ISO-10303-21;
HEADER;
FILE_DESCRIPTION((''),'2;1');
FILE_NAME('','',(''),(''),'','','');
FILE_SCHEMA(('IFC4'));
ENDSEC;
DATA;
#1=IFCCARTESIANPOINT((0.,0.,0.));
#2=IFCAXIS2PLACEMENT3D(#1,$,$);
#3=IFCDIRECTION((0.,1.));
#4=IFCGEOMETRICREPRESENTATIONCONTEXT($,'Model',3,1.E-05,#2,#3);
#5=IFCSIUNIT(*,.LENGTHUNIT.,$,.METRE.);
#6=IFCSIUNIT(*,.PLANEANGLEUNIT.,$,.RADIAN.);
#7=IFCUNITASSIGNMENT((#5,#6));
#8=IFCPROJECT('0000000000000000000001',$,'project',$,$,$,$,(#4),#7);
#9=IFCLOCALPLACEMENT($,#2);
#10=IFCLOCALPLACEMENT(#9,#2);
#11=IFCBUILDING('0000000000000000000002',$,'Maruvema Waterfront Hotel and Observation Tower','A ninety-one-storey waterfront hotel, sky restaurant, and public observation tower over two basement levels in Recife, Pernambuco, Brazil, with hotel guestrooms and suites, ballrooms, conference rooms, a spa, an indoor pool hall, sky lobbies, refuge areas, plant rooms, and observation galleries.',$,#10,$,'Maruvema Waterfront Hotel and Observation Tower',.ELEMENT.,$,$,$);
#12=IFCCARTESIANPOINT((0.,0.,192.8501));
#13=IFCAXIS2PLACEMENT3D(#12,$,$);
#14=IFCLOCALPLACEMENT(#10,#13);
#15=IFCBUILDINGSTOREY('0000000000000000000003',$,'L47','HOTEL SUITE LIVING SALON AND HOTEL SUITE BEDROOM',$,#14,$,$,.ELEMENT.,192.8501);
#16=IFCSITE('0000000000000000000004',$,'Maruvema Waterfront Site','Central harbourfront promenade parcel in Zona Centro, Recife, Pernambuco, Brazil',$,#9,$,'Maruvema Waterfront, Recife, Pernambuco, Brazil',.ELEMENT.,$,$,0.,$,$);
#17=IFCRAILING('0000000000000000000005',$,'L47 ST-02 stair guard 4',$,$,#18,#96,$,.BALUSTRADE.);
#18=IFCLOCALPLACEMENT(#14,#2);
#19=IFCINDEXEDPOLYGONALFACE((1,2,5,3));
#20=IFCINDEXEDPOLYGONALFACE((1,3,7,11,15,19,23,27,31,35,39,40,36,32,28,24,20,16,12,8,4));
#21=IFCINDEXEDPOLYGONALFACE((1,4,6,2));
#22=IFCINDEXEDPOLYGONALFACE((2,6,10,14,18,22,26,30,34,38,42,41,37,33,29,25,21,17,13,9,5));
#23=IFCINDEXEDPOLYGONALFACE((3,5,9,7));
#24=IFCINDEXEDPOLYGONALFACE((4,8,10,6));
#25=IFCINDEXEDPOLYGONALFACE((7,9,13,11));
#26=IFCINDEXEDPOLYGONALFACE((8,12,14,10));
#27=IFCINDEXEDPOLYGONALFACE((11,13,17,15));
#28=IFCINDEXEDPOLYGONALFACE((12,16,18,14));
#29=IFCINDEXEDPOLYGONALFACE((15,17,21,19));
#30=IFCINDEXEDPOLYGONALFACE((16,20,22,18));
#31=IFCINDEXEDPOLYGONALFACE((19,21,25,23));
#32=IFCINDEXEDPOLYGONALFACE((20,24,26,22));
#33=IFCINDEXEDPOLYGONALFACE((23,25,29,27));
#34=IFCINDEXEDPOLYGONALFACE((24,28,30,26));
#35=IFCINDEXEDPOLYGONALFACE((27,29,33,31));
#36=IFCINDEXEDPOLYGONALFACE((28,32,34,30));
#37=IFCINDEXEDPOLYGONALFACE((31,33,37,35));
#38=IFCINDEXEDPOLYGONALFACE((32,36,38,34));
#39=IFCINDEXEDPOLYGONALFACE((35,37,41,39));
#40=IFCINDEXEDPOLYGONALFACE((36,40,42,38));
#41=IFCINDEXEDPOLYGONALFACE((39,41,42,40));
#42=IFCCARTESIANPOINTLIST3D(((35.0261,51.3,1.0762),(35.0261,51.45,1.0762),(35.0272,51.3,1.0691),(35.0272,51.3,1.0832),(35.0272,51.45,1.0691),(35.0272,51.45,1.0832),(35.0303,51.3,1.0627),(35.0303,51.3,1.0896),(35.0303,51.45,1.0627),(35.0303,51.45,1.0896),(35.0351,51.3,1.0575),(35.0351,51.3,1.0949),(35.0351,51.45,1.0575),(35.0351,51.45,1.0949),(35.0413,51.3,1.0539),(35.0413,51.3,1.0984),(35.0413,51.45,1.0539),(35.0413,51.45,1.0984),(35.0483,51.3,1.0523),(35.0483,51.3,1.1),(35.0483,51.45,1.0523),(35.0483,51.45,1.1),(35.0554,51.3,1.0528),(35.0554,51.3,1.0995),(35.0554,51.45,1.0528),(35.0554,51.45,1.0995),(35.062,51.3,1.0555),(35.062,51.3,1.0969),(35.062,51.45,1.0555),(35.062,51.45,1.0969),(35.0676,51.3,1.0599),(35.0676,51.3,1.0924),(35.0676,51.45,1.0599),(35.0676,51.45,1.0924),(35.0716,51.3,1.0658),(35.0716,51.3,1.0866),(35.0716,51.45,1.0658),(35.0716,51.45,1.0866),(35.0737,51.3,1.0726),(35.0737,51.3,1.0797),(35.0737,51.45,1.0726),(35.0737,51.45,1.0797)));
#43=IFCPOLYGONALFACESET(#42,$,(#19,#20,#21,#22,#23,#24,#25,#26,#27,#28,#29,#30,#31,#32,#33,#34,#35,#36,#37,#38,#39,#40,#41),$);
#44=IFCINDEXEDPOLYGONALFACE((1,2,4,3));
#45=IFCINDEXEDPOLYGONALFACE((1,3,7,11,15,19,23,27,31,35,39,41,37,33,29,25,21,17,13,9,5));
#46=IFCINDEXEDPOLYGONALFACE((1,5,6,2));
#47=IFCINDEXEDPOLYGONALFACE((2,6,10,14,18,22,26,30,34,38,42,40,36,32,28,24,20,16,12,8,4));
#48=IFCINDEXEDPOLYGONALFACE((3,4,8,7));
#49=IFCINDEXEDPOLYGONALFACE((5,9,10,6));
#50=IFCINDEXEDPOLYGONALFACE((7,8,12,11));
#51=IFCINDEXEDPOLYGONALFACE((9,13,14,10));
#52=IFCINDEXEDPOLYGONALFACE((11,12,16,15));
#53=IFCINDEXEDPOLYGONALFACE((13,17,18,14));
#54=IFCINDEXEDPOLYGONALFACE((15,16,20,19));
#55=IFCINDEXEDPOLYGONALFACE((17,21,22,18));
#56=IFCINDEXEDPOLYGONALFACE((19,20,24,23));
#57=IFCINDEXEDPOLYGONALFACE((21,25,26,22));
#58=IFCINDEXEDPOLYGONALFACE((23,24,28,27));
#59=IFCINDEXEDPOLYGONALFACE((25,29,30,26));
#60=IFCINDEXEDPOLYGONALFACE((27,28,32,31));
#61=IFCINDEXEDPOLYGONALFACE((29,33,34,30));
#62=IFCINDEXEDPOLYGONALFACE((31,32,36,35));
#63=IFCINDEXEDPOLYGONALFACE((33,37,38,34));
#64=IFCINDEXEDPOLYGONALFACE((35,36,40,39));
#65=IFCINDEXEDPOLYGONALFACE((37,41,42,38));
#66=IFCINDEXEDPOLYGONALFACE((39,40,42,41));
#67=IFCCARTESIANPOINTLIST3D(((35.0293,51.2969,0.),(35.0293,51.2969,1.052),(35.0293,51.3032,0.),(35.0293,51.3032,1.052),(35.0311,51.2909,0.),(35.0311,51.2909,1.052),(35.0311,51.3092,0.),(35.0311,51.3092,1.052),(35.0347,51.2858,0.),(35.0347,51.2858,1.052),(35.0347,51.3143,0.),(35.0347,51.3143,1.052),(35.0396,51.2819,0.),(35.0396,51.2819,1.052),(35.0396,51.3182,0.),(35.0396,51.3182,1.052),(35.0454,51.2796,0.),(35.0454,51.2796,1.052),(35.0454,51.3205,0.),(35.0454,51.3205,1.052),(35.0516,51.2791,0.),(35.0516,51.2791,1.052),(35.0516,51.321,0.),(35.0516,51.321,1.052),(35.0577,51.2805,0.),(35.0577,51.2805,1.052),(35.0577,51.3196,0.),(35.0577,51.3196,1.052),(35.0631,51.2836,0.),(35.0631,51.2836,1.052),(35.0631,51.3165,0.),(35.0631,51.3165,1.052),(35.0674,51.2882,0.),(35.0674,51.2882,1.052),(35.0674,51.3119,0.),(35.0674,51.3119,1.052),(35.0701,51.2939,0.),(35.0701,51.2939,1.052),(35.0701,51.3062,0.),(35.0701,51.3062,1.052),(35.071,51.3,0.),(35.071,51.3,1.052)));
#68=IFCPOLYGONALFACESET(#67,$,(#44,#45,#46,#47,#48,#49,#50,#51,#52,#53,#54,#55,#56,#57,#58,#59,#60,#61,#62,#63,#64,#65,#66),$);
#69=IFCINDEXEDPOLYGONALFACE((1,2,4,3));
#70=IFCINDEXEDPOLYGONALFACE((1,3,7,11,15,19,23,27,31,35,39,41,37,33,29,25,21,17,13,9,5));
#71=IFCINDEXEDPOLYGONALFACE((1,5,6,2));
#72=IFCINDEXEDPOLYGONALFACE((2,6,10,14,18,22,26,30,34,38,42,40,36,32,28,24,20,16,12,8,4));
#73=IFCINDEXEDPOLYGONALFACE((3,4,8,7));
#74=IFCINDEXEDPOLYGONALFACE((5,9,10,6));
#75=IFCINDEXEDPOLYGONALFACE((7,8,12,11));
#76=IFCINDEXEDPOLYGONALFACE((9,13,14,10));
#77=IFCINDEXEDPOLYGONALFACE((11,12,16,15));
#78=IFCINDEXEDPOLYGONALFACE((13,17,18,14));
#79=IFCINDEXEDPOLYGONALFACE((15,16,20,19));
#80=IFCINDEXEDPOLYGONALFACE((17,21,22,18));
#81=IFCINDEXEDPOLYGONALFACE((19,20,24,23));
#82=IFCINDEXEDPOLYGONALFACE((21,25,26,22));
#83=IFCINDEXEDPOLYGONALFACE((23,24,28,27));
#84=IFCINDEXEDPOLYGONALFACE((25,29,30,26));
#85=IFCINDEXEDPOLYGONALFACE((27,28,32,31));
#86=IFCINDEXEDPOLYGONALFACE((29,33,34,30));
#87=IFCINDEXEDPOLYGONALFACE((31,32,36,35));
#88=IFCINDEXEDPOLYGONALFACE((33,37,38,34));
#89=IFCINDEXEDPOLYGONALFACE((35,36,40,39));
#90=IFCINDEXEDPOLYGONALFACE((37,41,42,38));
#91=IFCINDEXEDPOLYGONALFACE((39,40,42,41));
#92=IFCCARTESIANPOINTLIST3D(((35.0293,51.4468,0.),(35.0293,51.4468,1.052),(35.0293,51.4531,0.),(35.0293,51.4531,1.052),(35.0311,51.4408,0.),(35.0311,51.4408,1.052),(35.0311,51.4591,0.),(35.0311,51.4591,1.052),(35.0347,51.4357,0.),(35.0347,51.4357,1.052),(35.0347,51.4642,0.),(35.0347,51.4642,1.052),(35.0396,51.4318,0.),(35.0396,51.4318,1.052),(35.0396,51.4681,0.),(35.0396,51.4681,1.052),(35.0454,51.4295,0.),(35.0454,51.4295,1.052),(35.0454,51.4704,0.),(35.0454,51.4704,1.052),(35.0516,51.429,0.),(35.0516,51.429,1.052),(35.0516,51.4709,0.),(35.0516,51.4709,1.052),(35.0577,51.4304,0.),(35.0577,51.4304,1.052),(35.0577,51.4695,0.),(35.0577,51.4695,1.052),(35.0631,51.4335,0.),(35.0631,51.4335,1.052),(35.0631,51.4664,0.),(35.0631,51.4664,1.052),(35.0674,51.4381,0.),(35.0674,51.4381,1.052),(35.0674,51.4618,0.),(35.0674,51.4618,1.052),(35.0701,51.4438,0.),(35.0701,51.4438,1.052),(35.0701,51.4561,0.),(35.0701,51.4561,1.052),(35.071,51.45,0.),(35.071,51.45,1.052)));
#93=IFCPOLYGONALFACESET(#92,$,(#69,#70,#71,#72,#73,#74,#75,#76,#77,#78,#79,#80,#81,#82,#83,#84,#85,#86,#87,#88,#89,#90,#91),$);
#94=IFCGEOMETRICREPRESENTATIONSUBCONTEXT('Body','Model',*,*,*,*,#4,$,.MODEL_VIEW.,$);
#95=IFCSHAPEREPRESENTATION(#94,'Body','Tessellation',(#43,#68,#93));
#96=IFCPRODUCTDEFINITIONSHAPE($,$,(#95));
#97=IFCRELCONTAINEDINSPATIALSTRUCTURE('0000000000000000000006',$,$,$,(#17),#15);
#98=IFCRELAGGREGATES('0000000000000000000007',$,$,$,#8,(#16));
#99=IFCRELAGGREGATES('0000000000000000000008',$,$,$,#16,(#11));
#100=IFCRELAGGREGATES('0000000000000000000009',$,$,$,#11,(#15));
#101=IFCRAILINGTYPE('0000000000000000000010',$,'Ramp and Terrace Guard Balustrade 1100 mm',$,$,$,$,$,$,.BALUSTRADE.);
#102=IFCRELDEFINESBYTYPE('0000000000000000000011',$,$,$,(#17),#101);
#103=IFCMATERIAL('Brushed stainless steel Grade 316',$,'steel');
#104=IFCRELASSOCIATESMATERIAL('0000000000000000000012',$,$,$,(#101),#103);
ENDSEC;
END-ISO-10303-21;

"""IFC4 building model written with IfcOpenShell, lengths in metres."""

from ifc_helpers import new_model, si_unit, direction, frame, origin, origin_2d, place, context, subcontext, project, spatial, circle, extrude, material, type_object, element, save


model = new_model("IFC4")

# Units and contexts
model_context = context("Model", 3, precision=1e-05, world=origin(), true_north=direction((0.0, 1.0)))
body_context = subcontext(model_context, "Body", "Model", "MODEL_VIEW")
ifc_project = project(units=[si_unit("LENGTHUNIT", "METRE"), si_unit("PLANEANGLEUNIT", "RADIAN")], contexts=[model_context])

# Site, building, storey
site_placement = place(None, origin())
site = spatial("IfcSite", under=ifc_project, at=site_placement, Name="Maruvema Waterfront Site", Description="Central harbourfront promenade parcel in Zona Centro, Recife, Pernambuco, Brazil", LongName="Maruvema Waterfront, Recife, Pernambuco, Brazil", CompositionType="ELEMENT", RefElevation=0.0)
building_placement = place(site_placement, origin())
building = spatial("IfcBuilding", under=site, at=building_placement, Name="Maruvema Waterfront Hotel and Observation Tower", Description="A ninety-one-storey waterfront hotel, sky restaurant, and public observation tower over two basement levels in Recife, Pernambuco, Brazil, with hotel guestrooms and suites, ballrooms, conference rooms, a spa, an indoor pool hall, sky lobbies, refuge areas, plant rooms, and observation galleries.", LongName="Maruvema Waterfront Hotel and Observation Tower", CompositionType="ELEMENT")
storey_placement = place(building_placement, frame((0.0, 0.0, 192.8501)))
storey = spatial("IfcBuildingStorey", under=building, at=storey_placement, Name="L47", Description="HOTEL SUITE LIVING SALON AND HOTEL SUITE BEDROOM", CompositionType="ELEMENT", Elevation=192.8501)

# Railing
ifc_material_1 = material(Name="Brushed stainless steel Grade 316", Category="steel")
railing_type_1 = type_object("IfcRailingType", Name="Ramp and Terrace Guard Balustrade 1100 mm", PredefinedType="BALUSTRADE", material=ifc_material_1)
railing_1_placement = place(storey_placement, frame((35.05, 51.3, 0.0)))
element("IfcRailing", 1, at=railing_1_placement, inside=storey, type_object=railing_type_1, Name="L47 ST-02 stair guard 4", PredefinedType="BALUSTRADE", context=body_context, shape_type="SweptSolid", body=[
    extrude(circle(Radius=0.0239, at=origin_2d()), frame((0.0, 0.0, 1.0762), z_axis=(0.0, 1.0, 0.0), x_axis=(-1.0, 0.0, 0.0)), (0.0, 0.0, 1.0), 0.1499),
    extrude(circle(Radius=0.021, at=origin_2d()), origin(), (0.0, 0.0, 1.0), 1.052),
    extrude(circle(Radius=0.021, at=origin_2d()), frame((0.0, 0.1499, 0.0)), (0.0, 0.0, 1.0), 1.052),
])

save(model, "model.ifc")
